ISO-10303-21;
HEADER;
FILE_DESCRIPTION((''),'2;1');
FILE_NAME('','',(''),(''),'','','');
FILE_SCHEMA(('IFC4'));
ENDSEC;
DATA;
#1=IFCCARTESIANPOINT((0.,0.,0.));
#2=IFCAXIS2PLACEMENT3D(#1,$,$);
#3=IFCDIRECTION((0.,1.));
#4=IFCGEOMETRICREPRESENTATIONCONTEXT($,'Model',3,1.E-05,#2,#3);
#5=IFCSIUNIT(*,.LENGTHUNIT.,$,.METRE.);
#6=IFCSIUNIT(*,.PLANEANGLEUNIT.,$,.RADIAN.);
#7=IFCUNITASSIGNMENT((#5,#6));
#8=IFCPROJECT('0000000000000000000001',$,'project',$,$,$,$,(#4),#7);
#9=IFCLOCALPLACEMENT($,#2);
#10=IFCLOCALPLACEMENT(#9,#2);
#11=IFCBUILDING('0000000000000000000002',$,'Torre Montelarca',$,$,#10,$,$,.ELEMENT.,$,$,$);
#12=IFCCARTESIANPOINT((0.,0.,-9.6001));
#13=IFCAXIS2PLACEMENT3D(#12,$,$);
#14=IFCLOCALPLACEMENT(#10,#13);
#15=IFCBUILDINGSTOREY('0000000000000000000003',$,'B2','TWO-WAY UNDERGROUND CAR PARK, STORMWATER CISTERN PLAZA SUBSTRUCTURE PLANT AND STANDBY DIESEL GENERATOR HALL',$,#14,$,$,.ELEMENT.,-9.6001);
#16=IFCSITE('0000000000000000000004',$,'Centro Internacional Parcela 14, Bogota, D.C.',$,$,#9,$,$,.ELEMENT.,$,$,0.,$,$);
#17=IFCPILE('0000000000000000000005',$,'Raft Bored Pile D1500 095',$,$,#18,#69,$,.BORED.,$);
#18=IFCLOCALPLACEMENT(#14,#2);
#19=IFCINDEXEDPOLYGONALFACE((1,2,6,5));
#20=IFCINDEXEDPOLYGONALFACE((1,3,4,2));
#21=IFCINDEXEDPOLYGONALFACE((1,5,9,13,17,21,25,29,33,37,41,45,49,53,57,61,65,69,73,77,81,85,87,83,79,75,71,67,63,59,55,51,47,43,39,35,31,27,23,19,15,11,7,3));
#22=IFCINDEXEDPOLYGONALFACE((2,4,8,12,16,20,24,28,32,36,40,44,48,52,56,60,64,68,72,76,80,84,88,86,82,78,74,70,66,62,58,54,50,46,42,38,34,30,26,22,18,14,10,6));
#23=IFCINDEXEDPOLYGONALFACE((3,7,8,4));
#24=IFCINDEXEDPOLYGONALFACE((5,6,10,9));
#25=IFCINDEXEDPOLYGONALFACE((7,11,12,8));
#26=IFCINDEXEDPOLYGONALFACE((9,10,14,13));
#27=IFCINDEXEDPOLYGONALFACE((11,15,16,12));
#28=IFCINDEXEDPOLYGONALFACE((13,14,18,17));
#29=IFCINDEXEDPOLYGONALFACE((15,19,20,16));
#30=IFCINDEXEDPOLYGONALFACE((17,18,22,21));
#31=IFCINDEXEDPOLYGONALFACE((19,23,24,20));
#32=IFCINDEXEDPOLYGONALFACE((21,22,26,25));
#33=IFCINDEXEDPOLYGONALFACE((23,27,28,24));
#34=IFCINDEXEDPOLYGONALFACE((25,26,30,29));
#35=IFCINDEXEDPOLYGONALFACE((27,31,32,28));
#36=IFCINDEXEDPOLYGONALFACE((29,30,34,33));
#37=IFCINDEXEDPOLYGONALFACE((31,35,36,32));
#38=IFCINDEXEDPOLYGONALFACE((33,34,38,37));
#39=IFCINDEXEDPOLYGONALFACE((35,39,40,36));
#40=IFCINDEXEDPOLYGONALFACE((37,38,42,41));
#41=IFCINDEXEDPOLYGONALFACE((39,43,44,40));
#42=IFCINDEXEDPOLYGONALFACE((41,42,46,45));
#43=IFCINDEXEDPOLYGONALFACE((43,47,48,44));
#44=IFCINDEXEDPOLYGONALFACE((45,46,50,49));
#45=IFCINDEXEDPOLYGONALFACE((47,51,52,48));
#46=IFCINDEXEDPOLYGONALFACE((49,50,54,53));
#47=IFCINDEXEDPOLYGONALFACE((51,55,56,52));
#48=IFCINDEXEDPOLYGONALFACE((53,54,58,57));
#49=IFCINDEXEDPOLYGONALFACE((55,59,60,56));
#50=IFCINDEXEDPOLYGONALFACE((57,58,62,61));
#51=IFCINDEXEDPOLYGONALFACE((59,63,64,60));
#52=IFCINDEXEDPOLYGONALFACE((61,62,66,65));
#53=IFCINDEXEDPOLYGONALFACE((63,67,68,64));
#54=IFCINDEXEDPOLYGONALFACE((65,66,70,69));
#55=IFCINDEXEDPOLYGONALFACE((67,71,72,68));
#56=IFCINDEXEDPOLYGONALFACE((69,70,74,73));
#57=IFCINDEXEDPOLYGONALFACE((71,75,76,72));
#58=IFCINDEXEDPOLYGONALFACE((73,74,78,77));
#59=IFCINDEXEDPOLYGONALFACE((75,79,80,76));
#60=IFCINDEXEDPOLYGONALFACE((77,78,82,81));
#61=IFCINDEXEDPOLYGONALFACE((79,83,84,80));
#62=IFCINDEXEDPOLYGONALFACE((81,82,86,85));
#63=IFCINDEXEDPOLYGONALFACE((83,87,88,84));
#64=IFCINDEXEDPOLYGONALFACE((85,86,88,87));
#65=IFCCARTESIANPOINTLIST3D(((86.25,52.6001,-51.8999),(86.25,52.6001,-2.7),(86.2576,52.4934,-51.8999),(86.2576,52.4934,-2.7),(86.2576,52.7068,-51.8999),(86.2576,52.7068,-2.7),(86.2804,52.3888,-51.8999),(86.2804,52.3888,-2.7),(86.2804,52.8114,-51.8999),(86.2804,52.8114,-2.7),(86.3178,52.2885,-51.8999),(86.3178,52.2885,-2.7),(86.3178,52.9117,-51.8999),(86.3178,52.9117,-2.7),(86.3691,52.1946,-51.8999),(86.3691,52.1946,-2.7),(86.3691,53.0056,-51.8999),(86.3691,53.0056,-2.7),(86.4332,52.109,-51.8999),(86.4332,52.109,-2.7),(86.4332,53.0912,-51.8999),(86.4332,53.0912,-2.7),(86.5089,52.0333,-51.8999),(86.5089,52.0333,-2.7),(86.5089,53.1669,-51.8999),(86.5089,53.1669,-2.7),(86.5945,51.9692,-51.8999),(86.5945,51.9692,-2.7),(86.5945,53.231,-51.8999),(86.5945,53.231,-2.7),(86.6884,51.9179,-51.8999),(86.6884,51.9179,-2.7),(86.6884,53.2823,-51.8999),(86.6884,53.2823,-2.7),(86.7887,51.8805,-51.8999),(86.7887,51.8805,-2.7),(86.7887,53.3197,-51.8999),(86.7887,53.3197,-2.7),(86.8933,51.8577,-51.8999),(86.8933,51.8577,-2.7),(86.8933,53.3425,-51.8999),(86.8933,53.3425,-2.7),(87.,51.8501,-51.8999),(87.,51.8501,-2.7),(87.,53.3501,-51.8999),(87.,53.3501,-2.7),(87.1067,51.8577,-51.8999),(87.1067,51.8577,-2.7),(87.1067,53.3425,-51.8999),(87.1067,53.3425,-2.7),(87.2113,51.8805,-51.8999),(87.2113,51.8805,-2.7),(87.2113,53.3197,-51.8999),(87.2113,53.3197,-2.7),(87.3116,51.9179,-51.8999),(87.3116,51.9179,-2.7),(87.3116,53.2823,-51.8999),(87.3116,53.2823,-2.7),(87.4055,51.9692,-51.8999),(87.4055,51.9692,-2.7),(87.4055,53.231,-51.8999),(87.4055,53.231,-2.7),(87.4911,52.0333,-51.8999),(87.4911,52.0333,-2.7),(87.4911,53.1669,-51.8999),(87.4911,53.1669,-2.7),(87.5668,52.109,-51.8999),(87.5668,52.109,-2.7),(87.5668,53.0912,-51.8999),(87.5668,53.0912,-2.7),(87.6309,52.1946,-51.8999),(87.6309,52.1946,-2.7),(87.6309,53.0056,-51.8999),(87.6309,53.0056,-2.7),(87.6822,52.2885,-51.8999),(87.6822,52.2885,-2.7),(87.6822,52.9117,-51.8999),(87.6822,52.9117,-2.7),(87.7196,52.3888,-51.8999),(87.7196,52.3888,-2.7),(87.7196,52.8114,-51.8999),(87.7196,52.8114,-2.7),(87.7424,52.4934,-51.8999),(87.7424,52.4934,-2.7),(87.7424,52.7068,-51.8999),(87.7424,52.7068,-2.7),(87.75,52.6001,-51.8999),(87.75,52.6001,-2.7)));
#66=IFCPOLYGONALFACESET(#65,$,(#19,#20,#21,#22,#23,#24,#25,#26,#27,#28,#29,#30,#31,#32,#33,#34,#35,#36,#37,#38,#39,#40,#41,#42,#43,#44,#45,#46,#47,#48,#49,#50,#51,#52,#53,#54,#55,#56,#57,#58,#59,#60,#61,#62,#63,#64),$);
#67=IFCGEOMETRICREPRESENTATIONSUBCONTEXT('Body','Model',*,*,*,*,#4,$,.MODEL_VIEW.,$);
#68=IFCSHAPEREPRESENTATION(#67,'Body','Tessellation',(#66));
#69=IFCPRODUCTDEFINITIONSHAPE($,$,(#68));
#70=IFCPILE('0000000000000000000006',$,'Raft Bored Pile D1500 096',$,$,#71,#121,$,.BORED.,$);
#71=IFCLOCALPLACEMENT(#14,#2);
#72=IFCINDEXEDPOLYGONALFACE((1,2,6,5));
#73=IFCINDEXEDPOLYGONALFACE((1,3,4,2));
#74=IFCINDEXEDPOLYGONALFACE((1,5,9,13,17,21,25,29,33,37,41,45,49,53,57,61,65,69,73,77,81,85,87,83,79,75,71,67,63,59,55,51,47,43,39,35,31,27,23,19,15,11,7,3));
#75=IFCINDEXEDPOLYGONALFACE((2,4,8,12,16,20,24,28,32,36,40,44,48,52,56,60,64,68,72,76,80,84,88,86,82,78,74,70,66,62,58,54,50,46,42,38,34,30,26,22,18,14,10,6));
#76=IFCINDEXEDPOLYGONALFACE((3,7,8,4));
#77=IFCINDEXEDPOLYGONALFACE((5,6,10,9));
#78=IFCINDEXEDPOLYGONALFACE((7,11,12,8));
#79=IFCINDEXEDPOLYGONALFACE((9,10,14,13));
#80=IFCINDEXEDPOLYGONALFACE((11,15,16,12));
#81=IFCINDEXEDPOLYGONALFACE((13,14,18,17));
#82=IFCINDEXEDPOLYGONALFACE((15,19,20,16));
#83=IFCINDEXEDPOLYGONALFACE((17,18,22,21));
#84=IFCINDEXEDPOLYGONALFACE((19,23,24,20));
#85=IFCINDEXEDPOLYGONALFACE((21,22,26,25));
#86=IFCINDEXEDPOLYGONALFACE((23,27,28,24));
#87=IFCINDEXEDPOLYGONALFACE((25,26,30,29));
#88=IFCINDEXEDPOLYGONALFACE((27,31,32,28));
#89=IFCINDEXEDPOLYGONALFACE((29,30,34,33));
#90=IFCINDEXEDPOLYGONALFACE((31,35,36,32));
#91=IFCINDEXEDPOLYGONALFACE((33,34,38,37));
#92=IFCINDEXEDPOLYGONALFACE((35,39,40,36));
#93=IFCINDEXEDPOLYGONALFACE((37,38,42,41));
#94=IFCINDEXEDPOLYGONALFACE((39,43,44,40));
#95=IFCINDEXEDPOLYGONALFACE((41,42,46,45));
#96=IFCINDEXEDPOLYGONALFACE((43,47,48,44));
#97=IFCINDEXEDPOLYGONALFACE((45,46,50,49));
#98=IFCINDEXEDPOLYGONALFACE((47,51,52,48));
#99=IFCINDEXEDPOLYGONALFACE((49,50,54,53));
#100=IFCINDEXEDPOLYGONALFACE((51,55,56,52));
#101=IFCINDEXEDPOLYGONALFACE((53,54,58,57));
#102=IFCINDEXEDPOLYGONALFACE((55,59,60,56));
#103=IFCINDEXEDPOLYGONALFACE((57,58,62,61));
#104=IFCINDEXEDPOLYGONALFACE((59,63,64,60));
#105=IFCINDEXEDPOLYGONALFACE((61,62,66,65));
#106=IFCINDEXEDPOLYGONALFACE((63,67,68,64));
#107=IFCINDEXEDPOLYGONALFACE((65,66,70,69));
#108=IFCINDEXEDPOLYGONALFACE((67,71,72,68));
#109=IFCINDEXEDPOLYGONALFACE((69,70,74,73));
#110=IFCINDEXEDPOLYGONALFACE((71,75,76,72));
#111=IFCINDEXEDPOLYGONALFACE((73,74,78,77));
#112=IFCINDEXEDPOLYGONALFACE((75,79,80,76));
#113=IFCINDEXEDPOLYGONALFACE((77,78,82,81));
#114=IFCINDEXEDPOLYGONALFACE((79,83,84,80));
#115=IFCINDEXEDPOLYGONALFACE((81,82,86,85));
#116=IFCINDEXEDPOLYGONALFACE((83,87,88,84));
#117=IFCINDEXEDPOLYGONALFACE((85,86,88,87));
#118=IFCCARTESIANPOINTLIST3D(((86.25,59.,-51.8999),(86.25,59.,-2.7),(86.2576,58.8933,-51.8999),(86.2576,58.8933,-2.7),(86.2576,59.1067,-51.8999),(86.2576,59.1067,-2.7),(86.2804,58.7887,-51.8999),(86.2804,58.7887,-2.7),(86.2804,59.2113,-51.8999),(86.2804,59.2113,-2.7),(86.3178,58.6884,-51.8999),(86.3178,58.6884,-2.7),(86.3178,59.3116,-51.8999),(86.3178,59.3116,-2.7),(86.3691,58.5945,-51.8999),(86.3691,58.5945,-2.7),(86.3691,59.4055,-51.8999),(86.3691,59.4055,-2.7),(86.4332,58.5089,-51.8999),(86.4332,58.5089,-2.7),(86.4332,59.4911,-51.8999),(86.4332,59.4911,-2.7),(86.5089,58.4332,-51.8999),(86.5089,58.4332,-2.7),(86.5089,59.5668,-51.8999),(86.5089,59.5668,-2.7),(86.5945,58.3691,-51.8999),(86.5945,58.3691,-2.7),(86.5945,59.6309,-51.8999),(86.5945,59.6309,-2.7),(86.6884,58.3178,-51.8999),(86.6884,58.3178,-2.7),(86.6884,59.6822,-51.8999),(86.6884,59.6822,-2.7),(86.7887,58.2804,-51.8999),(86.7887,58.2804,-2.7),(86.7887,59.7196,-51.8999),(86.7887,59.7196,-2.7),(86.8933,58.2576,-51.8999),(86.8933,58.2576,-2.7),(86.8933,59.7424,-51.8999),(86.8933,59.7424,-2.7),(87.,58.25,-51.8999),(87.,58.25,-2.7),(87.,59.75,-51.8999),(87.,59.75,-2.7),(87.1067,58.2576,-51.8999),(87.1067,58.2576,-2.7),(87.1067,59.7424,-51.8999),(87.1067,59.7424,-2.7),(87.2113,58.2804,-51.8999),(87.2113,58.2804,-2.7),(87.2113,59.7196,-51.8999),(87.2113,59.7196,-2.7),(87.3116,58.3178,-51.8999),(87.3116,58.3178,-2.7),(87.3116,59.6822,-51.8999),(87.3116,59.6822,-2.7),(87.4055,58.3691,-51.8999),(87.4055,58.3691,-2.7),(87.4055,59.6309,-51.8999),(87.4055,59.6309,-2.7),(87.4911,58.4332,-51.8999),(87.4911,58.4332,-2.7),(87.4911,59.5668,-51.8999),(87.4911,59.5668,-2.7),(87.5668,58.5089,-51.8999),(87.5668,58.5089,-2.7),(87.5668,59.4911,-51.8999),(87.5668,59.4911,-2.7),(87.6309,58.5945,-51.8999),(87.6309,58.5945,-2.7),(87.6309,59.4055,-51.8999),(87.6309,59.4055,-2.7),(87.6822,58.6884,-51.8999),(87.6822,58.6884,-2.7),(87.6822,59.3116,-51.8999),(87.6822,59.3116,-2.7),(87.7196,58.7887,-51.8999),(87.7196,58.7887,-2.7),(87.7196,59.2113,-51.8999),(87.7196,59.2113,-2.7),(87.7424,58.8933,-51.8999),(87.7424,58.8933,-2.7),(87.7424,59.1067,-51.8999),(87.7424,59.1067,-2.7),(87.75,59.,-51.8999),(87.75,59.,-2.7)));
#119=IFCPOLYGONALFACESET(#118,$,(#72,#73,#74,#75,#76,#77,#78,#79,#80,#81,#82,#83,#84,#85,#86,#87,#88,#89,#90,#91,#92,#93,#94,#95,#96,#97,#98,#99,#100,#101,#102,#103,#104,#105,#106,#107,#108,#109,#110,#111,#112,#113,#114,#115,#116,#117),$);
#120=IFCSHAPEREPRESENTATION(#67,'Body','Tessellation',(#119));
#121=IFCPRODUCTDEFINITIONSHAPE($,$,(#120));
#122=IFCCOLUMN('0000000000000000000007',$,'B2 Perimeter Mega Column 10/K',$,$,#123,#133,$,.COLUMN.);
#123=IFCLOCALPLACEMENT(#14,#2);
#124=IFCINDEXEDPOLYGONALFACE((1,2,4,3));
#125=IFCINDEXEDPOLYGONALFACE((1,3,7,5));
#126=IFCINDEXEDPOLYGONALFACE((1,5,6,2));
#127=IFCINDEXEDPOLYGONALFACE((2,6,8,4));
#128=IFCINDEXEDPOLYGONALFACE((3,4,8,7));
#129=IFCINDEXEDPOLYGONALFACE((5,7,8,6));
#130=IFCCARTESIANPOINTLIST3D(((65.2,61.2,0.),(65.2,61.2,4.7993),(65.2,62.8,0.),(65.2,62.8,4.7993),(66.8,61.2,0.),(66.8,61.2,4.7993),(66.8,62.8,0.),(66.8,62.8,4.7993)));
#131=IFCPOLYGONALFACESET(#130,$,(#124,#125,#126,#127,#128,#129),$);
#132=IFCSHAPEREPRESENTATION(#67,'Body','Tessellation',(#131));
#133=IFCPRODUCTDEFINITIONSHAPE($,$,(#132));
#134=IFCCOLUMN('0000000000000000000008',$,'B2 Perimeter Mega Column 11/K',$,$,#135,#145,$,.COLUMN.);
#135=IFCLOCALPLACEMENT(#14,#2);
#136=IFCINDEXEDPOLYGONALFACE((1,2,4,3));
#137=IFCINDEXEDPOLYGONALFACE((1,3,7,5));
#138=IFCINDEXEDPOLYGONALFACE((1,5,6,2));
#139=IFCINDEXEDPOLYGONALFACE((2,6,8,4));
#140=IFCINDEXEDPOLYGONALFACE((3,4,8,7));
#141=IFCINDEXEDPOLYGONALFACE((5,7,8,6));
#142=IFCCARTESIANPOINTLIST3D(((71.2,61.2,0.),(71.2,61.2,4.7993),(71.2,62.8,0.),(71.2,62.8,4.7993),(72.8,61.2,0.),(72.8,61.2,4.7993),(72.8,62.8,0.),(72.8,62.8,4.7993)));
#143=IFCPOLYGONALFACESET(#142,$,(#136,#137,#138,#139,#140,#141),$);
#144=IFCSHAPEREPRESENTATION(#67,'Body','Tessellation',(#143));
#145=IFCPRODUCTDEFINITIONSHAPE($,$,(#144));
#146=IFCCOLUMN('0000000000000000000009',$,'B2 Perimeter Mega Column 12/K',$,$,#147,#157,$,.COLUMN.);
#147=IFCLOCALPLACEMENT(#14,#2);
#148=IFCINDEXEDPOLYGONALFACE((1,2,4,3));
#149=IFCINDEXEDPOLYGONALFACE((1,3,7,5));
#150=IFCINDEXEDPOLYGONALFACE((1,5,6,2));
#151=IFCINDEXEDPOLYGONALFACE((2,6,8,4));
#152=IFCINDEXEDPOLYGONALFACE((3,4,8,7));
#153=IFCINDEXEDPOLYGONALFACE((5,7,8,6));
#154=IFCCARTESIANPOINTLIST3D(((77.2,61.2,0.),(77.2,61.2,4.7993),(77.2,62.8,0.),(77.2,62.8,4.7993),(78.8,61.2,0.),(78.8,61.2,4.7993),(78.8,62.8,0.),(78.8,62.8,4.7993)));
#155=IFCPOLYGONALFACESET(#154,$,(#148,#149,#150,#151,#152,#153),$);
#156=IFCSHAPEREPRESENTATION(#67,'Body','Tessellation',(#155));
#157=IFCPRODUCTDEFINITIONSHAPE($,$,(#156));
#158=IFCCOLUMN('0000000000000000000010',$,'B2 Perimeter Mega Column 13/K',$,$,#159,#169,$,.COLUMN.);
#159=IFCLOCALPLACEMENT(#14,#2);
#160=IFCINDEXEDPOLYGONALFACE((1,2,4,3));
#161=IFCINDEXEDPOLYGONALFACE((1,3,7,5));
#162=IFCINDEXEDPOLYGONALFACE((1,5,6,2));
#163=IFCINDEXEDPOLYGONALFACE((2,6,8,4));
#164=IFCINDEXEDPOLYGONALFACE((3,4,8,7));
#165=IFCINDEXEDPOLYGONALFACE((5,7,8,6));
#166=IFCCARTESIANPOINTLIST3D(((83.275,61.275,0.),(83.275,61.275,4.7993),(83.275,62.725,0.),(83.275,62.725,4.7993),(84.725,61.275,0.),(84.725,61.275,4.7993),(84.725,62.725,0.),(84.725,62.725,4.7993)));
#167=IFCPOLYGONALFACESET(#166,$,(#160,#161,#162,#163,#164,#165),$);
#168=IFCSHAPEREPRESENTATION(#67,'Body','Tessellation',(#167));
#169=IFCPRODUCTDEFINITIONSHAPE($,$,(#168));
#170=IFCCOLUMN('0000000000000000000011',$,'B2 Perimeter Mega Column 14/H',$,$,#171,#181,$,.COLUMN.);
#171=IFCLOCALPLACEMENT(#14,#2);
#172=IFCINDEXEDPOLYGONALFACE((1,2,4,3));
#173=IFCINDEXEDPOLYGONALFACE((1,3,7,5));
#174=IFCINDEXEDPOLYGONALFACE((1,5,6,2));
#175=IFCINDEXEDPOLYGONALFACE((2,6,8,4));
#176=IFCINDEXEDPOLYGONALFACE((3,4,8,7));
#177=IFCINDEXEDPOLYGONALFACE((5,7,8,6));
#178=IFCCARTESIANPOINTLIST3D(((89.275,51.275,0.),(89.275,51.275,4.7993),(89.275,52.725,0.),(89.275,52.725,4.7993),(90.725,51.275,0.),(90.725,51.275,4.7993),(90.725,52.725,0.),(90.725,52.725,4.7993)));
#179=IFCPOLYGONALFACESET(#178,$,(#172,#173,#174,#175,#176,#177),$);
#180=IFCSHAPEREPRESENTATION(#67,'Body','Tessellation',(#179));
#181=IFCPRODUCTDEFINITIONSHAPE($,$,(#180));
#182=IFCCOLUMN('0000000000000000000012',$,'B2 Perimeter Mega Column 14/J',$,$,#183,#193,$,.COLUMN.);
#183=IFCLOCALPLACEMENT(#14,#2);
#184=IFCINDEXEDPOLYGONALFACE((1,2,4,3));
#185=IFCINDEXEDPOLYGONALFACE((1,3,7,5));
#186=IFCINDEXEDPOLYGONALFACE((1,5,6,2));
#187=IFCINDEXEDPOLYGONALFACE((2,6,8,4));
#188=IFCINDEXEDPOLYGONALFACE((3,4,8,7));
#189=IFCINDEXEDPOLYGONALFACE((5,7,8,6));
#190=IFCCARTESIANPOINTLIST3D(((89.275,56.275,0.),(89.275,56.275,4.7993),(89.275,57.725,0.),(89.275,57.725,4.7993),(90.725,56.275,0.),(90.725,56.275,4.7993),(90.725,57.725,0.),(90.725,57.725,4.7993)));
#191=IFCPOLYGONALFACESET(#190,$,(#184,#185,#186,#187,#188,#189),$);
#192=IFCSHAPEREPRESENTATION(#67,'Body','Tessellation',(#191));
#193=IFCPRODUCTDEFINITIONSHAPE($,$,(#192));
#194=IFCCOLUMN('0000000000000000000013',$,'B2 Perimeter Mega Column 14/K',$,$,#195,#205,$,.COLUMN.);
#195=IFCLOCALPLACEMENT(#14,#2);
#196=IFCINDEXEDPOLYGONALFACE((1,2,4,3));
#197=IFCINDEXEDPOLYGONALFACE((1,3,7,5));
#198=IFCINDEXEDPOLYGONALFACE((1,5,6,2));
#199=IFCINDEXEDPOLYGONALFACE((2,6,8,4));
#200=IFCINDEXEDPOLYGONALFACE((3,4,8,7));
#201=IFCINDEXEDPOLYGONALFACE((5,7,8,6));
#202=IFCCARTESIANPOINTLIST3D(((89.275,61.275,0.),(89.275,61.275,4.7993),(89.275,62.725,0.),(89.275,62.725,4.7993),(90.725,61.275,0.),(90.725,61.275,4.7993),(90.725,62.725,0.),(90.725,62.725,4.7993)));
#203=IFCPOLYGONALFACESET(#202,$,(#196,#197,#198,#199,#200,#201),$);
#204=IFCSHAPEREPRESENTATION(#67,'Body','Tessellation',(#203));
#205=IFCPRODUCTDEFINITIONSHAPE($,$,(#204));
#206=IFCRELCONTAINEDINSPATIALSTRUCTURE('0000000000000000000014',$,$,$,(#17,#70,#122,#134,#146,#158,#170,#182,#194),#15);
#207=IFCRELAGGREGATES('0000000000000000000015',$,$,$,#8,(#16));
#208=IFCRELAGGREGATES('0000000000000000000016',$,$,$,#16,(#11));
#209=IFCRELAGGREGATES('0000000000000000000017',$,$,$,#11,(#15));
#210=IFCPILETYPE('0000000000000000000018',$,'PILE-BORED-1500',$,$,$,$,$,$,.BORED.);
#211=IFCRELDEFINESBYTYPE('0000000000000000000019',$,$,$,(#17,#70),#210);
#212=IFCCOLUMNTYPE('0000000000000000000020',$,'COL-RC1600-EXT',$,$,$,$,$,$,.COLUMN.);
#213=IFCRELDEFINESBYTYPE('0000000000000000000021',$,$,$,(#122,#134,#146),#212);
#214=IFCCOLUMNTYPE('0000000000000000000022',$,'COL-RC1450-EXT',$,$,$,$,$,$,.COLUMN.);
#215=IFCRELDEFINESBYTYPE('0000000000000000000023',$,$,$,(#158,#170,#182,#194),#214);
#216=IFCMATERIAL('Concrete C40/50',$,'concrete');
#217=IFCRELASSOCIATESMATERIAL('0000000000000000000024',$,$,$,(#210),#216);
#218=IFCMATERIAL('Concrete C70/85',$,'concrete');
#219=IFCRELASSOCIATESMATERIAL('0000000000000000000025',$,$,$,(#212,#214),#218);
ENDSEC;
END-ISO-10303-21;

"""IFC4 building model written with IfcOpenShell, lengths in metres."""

from ifc_helpers import new_model, si_unit, direction, frame, origin, origin_2d, place, context, subcontext, project, spatial, rectangle, circle, extrude, source, transform, mapped, material, material_profile, profile_set, type_object, element, save


model = new_model("IFC4")

# Units and contexts
model_context = context("Model", 3, precision=1e-05, world=origin(), true_north=direction((0.0, 1.0)))
body_context = subcontext(model_context, "Body", "Model", "MODEL_VIEW")
ifc_project = project(units=[si_unit("LENGTHUNIT", "METRE"), si_unit("PLANEANGLEUNIT", "RADIAN")], contexts=[model_context])

# Site, building, storey
site_placement = place(None, origin())
site = spatial("IfcSite", under=ifc_project, at=site_placement, Name="Centro Internacional Parcela 14, Bogota, D.C.", CompositionType="ELEMENT", RefElevation=0.0)
building_placement = place(site_placement, origin())
building = spatial("IfcBuilding", under=site, at=building_placement, Name="Torre Montelarca", CompositionType="ELEMENT")
storey_placement = place(building_placement, frame((0.0, 0.0, -9.6001)))
storey = spatial("IfcBuildingStorey", under=building, at=storey_placement, Name="B2", Description="TWO-WAY UNDERGROUND CAR PARK, STORMWATER CISTERN PLAZA SUBSTRUCTURE PLANT AND STANDBY DIESEL GENERATOR HALL", CompositionType="ELEMENT", Elevation=-9.6001)

# Piles
ifc_material_1 = material(Name="Concrete C40/50", Category="concrete")
ifc_material_profile_1 = material_profile(ifc_material_1, circle(Radius=0.75, at=origin_2d()), Name="PILE-D1500", Category="concrete")
ifc_profile_set_1 = profile_set([ifc_material_profile_1], Name="Concrete C40/50")
pile_type = type_object("IfcPileType", Name="PILE-BORED-1500", PredefinedType="BORED", material=ifc_profile_set_1)
shared_shape_1 = source(origin(), body_context, "Body", "SweptSolid", [
    extrude(circle(Radius=0.75, at=origin_2d()), origin(), (0.0, 0.0, 1.0), 49.2),
])
for number, where, z_axis, x_axis, name in (
    (1, (87.0, 52.6001, -2.7), (0.0, 0.0, -1.0), (1.0, 0.0, 0.0), "Raft Bored Pile D1500 095"),
    (2, (87.0, 59.0, -2.7), (0.0, 0.0, -1.0), (1.0, 0.0, 0.0), "Raft Bored Pile D1500 096"),
):
    element("IfcPile", number, at=place(storey_placement, frame(where, z_axis=z_axis, x_axis=x_axis)), inside=storey, type_object=pile_type, Name=name, PredefinedType="BORED", context=body_context, shape_type="MappedRepresentation", body=[
        mapped(shared_shape_1, transform((0.0, 0.0, 0.0), scale=1.0)),
    ])

# Columns
ifc_material_2 = material(Name="Concrete C70/85", Category="concrete")
ifc_material_profile_2 = material_profile(ifc_material_2, rectangle(XDim=1.6001, YDim=1.6001, at=origin_2d()), Name="RC1600X1600", Category="concrete")
ifc_profile_set_2 = profile_set([ifc_material_profile_2], Name="Concrete C70/85")
column_type_1 = type_object("IfcColumnType", Name="COL-RC1600-EXT", PredefinedType="COLUMN", material=ifc_profile_set_2)
shared_shape_2 = source(origin(), body_context, "Body", "SweptSolid", [
    extrude(rectangle(XDim=1.6001, YDim=1.6001, at=origin_2d()), origin(), (0.0, 0.0, 1.0), 4.7993),
])
for number, where, z_axis, x_axis, name in (
    (3, (66.0, 62.0, 0.0), (0.0, 0.0, 1.0), (1.0, 0.0, 0.0), "B2 Perimeter Mega Column 10/K"),
    (4, (72.0, 62.0, 0.0), (0.0, 0.0, 1.0), (1.0, 0.0, 0.0), "B2 Perimeter Mega Column 11/K"),
    (5, (78.0, 62.0, 0.0), (0.0, 0.0, 1.0), (1.0, 0.0, 0.0), "B2 Perimeter Mega Column 12/K"),
):
    element("IfcColumn", number, at=place(storey_placement, frame(where, z_axis=z_axis, x_axis=x_axis)), inside=storey, type_object=column_type_1, Name=name, PredefinedType="COLUMN", context=body_context, shape_type="MappedRepresentation", body=[
        mapped(shared_shape_2, transform((0.0, 0.0, 0.0), scale=1.0)),
    ])
ifc_material_profile_3 = material_profile(ifc_material_2, rectangle(XDim=1.45, YDim=1.45, at=origin_2d()), Name="RC1450X1450", Category="concrete")
ifc_profile_set_3 = profile_set([ifc_material_profile_3], Name="Concrete C70/85")
column_type_2 = type_object("IfcColumnType", Name="COL-RC1450-EXT", PredefinedType="COLUMN", material=ifc_profile_set_3)
shared_shape_3 = source(origin(), body_context, "Body", "SweptSolid", [
    extrude(rectangle(XDim=1.45, YDim=1.45, at=origin_2d()), origin(), (0.0, 0.0, 1.0), 4.7993),
])
for number, where, z_axis, x_axis, name in (
    (6, (84.0, 62.0, 0.0), (0.0, 0.0, 1.0), (1.0, 0.0, 0.0), "B2 Perimeter Mega Column 13/K"),
    (7, (90.0, 52.0, 0.0), (0.0, 0.0, 1.0), (1.0, 0.0, 0.0), "B2 Perimeter Mega Column 14/H"),
    (8, (90.0, 57.0, 0.0), (0.0, 0.0, 1.0), (1.0, 0.0, 0.0), "B2 Perimeter Mega Column 14/J"),
    (9, (90.0, 62.0, 0.0), (0.0, 0.0, 1.0), (1.0, 0.0, 0.0), "B2 Perimeter Mega Column 14/K"),
):
    element("IfcColumn", number, at=place(storey_placement, frame(where, z_axis=z_axis, x_axis=x_axis)), inside=storey, type_object=column_type_2, Name=name, PredefinedType="COLUMN", context=body_context, shape_type="MappedRepresentation", body=[
        mapped(shared_shape_3, transform((0.0, 0.0, 0.0), scale=1.0)),
    ])

save(model, "model.ifc")
